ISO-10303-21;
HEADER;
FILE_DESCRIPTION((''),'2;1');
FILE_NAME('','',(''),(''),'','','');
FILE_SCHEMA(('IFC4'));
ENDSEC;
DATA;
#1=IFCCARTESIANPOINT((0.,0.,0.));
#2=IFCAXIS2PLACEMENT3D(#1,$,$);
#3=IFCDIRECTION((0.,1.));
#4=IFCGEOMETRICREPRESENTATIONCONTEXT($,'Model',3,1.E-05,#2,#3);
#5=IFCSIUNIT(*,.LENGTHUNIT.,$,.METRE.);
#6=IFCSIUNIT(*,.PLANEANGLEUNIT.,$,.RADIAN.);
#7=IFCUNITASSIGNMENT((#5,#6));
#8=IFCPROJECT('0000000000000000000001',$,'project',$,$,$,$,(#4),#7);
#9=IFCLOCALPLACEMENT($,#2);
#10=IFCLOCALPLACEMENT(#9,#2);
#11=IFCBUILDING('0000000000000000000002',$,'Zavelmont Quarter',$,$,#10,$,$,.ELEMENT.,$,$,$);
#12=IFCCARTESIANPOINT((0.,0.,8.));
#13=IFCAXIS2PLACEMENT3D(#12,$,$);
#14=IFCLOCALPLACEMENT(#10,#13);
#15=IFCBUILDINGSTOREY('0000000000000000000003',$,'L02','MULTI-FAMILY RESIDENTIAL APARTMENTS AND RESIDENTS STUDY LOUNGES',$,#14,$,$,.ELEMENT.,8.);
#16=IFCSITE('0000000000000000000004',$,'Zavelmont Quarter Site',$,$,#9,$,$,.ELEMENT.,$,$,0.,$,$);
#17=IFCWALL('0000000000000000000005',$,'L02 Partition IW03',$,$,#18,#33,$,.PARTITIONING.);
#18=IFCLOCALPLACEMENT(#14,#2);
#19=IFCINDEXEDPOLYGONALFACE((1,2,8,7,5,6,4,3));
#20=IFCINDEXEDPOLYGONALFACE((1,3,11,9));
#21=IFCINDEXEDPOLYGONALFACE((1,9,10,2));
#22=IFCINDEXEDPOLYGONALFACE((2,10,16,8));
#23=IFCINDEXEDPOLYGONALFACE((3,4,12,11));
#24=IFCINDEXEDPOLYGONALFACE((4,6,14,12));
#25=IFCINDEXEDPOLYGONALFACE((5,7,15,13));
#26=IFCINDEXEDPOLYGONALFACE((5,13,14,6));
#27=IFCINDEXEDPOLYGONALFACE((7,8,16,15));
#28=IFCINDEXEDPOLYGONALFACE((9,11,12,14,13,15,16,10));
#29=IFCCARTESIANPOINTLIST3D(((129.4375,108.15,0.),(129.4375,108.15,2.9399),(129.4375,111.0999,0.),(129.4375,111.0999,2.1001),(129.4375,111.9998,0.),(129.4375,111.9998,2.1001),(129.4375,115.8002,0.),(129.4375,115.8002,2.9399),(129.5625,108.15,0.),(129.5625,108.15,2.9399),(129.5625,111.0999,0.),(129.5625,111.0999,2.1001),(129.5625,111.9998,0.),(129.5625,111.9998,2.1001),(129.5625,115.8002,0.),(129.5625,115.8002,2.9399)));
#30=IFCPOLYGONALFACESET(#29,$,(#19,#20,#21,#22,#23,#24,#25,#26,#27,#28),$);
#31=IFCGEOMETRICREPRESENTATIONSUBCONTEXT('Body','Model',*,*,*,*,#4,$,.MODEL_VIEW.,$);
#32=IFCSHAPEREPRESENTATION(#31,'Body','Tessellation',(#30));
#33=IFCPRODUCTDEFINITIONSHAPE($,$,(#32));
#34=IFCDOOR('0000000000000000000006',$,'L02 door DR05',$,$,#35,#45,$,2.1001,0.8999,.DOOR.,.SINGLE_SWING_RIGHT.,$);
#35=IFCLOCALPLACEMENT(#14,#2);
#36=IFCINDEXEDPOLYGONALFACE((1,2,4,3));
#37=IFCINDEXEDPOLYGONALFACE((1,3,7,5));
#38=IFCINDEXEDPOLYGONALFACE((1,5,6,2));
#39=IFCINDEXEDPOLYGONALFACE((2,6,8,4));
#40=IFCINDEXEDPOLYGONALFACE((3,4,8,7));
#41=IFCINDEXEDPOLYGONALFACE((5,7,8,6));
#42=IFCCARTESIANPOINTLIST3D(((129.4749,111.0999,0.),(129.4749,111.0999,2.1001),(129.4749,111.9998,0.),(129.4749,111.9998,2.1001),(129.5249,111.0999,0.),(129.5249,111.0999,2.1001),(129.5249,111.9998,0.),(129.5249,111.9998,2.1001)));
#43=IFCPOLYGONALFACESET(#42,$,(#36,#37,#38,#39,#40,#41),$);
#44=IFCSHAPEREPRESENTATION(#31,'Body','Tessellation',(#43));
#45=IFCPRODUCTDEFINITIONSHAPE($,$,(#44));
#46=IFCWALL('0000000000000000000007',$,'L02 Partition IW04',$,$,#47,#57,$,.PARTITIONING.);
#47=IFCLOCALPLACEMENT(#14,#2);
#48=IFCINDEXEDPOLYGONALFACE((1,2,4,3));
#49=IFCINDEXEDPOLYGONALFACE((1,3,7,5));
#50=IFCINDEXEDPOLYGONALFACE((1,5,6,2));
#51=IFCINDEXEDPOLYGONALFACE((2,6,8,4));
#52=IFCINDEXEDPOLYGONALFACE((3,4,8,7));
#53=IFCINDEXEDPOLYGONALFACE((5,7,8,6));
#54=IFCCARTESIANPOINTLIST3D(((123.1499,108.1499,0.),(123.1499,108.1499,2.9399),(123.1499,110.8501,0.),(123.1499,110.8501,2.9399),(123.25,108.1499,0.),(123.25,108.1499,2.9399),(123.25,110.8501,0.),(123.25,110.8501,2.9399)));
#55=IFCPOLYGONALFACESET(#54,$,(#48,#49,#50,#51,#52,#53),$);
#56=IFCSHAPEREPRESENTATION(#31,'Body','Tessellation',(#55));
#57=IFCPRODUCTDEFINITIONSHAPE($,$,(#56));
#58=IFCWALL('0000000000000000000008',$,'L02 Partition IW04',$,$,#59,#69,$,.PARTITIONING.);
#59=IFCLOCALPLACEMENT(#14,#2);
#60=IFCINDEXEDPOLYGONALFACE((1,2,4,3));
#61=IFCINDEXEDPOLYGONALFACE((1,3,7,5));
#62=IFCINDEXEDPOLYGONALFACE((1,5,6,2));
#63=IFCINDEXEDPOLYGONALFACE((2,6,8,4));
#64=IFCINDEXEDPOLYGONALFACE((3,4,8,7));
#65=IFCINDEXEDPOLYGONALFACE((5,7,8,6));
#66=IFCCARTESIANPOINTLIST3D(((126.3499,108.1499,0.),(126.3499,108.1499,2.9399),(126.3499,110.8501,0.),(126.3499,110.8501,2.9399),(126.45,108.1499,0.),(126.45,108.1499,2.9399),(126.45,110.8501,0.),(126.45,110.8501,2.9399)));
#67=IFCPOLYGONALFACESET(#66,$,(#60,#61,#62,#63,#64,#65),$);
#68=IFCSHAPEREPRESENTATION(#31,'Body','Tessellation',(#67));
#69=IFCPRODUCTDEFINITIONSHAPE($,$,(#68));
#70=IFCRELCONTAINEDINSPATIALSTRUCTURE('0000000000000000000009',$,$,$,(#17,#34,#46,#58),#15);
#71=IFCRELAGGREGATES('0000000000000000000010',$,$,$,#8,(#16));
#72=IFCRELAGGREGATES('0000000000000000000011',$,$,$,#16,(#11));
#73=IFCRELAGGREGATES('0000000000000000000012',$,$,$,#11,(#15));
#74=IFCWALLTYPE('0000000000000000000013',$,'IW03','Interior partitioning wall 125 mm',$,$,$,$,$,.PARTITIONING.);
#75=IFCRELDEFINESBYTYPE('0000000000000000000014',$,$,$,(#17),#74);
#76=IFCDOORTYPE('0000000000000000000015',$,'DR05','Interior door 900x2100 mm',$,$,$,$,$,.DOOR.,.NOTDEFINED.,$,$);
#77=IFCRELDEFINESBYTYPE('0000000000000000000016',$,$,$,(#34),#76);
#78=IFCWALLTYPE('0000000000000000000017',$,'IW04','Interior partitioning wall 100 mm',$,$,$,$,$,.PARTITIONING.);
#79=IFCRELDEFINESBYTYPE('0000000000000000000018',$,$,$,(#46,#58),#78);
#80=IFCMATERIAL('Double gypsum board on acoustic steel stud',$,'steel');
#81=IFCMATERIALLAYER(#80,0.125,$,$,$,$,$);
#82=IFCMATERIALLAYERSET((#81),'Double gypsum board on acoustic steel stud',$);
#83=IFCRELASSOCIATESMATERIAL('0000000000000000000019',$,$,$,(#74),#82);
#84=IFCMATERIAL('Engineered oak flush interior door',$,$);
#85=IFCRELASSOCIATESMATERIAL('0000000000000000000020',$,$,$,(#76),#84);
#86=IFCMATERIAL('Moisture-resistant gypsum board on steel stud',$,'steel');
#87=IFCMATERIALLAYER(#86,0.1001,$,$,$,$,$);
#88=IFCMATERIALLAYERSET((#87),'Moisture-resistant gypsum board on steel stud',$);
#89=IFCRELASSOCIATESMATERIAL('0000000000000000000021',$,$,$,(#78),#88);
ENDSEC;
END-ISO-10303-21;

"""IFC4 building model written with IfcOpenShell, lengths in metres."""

from ifc_helpers import new_model, si_unit, direction, frame, frame_2d, origin, place, context, subcontext, project, spatial, rectangle, extrude, material, layer, layer_set, type_object, element, fill, save


model = new_model("IFC4")

# Units and contexts
model_context = context("Model", 3, precision=1e-05, world=origin(), true_north=direction((0.0, 1.0)))
body_context = subcontext(model_context, "Body", "Model", "MODEL_VIEW")
ifc_project = project(units=[si_unit("LENGTHUNIT", "METRE"), si_unit("PLANEANGLEUNIT", "RADIAN")], contexts=[model_context])

# Site, building, storey
site_placement = place(None, origin())
site = spatial("IfcSite", under=ifc_project, at=site_placement, Name="Zavelmont Quarter Site", CompositionType="ELEMENT", RefElevation=0.0)
building_placement = place(site_placement, origin())
building = spatial("IfcBuilding", under=site, at=building_placement, Name="Zavelmont Quarter", CompositionType="ELEMENT")
storey_placement = place(building_placement, frame((0.0, 0.0, 8.0)))
storey = spatial("IfcBuildingStorey", under=building, at=storey_placement, Name="L02", Description="MULTI-FAMILY RESIDENTIAL APARTMENTS AND RESIDENTS STUDY LOUNGES", CompositionType="ELEMENT", Elevation=8.0)

# Shared definitions
ifc_material_1 = material(Name="Double gypsum board on acoustic steel stud", Category="steel")
ifc_layer_1 = layer(ifc_material_1, 0.125)
ifc_layer_set_1 = layer_set([ifc_layer_1], Name="Double gypsum board on acoustic steel stud")
wall_type_1 = type_object("IfcWallType", Name="IW03", Description="Interior partitioning wall 125 mm", PredefinedType="PARTITIONING", material=ifc_layer_set_1)

# Wall, opening, door
wall_1_placement = place(storey_placement, frame((129.5, 108.1499, 0.0), z_axis=(0.0, 0.0, 1.0), x_axis=(0.0, 1.0, 0.0)))
wall_1 = element("IfcWall", 1, at=wall_1_placement, inside=storey, type_object=wall_type_1, Name="L02 Partition IW03", PredefinedType="PARTITIONING", context=body_context, shape_type="SweptSolid", body=[
    extrude(rectangle(XDim=7.6501, YDim=0.125, at=frame_2d((3.8252, 0.0))), origin(), (0.0, 0.0, 1.0), 2.9399),
])
opening_placement = place(wall_1_placement, frame((2.95, 0.0, 0.0)))
opening = element("IfcOpeningElement", 2, at=opening_placement, cuts=wall_1, PredefinedType="OPENING", context=body_context, shape_type="SweptSolid", body=[
    extrude(rectangle(XDim=0.8999, YDim=2.1001, at=frame_2d((0.45, 1.05))), frame((0.0, 0.0745, 0.0), z_axis=(0.0, -1.0, 0.0), x_axis=(1.0, 0.0, 0.0)), (0.0, 0.0, 1.0), 0.1489),
])
ifc_material_2 = material(Name="Engineered oak flush interior door")
door_type = type_object("IfcDoorType", Name="DR05", Description="Interior door 900x2100 mm", OperationType="NOTDEFINED", PredefinedType="DOOR", material=ifc_material_2)
door_placement = place(opening_placement, frame((0.8999, 0.0, 0.0), z_axis=(0.0, 0.0, 1.0), x_axis=(-1.0, 0.0, 0.0)))
door = element("IfcDoor", 3, at=door_placement, inside=storey, type_object=door_type, Name="L02 door DR05", OperationType="SINGLE_SWING_RIGHT", OverallHeight=2.1001, OverallWidth=0.8999, PredefinedType="DOOR", context=body_context, shape_type="SweptSolid", body=[
    extrude(rectangle(XDim=0.8999, YDim=2.1001, at=frame_2d((0.45, 1.05))), frame((0.0, 0.0249, 0.0), z_axis=(0.0, -1.0, 0.0), x_axis=(1.0, 0.0, 0.0)), (0.0, 0.0, 1.0), 0.05),
])
fill(opening, door)

# Walls
ifc_material_3 = material(Name="Moisture-resistant gypsum board on steel stud", Category="steel")
ifc_layer_2 = layer(ifc_material_3, 0.1001)
ifc_layer_set_2 = layer_set([ifc_layer_2], Name="Moisture-resistant gypsum board on steel stud")
wall_type_2 = type_object("IfcWallType", Name="IW04", Description="Interior partitioning wall 100 mm", PredefinedType="PARTITIONING", material=ifc_layer_set_2)
for number, where, z_axis, x_axis, name in (
    (4, (123.2, 108.1499, 0.0), (0.0, 0.0, 1.0), (0.0, 1.0, 0.0), "L02 Partition IW04"),
    (5, (126.3999, 108.1499, 0.0), (0.0, 0.0, 1.0), (0.0, 1.0, 0.0), "L02 Partition IW04"),
):
    element("IfcWall", number, at=place(storey_placement, frame(where, z_axis=z_axis, x_axis=x_axis)), inside=storey, type_object=wall_type_2, Name=name, PredefinedType="PARTITIONING", context=body_context, shape_type="SweptSolid", body=[
        extrude(rectangle(XDim=2.7002, YDim=0.1001, at=frame_2d((1.3501, 0.0))), origin(), (0.0, 0.0, 1.0), 2.9399),
    ])

save(model, "model.ifc")
